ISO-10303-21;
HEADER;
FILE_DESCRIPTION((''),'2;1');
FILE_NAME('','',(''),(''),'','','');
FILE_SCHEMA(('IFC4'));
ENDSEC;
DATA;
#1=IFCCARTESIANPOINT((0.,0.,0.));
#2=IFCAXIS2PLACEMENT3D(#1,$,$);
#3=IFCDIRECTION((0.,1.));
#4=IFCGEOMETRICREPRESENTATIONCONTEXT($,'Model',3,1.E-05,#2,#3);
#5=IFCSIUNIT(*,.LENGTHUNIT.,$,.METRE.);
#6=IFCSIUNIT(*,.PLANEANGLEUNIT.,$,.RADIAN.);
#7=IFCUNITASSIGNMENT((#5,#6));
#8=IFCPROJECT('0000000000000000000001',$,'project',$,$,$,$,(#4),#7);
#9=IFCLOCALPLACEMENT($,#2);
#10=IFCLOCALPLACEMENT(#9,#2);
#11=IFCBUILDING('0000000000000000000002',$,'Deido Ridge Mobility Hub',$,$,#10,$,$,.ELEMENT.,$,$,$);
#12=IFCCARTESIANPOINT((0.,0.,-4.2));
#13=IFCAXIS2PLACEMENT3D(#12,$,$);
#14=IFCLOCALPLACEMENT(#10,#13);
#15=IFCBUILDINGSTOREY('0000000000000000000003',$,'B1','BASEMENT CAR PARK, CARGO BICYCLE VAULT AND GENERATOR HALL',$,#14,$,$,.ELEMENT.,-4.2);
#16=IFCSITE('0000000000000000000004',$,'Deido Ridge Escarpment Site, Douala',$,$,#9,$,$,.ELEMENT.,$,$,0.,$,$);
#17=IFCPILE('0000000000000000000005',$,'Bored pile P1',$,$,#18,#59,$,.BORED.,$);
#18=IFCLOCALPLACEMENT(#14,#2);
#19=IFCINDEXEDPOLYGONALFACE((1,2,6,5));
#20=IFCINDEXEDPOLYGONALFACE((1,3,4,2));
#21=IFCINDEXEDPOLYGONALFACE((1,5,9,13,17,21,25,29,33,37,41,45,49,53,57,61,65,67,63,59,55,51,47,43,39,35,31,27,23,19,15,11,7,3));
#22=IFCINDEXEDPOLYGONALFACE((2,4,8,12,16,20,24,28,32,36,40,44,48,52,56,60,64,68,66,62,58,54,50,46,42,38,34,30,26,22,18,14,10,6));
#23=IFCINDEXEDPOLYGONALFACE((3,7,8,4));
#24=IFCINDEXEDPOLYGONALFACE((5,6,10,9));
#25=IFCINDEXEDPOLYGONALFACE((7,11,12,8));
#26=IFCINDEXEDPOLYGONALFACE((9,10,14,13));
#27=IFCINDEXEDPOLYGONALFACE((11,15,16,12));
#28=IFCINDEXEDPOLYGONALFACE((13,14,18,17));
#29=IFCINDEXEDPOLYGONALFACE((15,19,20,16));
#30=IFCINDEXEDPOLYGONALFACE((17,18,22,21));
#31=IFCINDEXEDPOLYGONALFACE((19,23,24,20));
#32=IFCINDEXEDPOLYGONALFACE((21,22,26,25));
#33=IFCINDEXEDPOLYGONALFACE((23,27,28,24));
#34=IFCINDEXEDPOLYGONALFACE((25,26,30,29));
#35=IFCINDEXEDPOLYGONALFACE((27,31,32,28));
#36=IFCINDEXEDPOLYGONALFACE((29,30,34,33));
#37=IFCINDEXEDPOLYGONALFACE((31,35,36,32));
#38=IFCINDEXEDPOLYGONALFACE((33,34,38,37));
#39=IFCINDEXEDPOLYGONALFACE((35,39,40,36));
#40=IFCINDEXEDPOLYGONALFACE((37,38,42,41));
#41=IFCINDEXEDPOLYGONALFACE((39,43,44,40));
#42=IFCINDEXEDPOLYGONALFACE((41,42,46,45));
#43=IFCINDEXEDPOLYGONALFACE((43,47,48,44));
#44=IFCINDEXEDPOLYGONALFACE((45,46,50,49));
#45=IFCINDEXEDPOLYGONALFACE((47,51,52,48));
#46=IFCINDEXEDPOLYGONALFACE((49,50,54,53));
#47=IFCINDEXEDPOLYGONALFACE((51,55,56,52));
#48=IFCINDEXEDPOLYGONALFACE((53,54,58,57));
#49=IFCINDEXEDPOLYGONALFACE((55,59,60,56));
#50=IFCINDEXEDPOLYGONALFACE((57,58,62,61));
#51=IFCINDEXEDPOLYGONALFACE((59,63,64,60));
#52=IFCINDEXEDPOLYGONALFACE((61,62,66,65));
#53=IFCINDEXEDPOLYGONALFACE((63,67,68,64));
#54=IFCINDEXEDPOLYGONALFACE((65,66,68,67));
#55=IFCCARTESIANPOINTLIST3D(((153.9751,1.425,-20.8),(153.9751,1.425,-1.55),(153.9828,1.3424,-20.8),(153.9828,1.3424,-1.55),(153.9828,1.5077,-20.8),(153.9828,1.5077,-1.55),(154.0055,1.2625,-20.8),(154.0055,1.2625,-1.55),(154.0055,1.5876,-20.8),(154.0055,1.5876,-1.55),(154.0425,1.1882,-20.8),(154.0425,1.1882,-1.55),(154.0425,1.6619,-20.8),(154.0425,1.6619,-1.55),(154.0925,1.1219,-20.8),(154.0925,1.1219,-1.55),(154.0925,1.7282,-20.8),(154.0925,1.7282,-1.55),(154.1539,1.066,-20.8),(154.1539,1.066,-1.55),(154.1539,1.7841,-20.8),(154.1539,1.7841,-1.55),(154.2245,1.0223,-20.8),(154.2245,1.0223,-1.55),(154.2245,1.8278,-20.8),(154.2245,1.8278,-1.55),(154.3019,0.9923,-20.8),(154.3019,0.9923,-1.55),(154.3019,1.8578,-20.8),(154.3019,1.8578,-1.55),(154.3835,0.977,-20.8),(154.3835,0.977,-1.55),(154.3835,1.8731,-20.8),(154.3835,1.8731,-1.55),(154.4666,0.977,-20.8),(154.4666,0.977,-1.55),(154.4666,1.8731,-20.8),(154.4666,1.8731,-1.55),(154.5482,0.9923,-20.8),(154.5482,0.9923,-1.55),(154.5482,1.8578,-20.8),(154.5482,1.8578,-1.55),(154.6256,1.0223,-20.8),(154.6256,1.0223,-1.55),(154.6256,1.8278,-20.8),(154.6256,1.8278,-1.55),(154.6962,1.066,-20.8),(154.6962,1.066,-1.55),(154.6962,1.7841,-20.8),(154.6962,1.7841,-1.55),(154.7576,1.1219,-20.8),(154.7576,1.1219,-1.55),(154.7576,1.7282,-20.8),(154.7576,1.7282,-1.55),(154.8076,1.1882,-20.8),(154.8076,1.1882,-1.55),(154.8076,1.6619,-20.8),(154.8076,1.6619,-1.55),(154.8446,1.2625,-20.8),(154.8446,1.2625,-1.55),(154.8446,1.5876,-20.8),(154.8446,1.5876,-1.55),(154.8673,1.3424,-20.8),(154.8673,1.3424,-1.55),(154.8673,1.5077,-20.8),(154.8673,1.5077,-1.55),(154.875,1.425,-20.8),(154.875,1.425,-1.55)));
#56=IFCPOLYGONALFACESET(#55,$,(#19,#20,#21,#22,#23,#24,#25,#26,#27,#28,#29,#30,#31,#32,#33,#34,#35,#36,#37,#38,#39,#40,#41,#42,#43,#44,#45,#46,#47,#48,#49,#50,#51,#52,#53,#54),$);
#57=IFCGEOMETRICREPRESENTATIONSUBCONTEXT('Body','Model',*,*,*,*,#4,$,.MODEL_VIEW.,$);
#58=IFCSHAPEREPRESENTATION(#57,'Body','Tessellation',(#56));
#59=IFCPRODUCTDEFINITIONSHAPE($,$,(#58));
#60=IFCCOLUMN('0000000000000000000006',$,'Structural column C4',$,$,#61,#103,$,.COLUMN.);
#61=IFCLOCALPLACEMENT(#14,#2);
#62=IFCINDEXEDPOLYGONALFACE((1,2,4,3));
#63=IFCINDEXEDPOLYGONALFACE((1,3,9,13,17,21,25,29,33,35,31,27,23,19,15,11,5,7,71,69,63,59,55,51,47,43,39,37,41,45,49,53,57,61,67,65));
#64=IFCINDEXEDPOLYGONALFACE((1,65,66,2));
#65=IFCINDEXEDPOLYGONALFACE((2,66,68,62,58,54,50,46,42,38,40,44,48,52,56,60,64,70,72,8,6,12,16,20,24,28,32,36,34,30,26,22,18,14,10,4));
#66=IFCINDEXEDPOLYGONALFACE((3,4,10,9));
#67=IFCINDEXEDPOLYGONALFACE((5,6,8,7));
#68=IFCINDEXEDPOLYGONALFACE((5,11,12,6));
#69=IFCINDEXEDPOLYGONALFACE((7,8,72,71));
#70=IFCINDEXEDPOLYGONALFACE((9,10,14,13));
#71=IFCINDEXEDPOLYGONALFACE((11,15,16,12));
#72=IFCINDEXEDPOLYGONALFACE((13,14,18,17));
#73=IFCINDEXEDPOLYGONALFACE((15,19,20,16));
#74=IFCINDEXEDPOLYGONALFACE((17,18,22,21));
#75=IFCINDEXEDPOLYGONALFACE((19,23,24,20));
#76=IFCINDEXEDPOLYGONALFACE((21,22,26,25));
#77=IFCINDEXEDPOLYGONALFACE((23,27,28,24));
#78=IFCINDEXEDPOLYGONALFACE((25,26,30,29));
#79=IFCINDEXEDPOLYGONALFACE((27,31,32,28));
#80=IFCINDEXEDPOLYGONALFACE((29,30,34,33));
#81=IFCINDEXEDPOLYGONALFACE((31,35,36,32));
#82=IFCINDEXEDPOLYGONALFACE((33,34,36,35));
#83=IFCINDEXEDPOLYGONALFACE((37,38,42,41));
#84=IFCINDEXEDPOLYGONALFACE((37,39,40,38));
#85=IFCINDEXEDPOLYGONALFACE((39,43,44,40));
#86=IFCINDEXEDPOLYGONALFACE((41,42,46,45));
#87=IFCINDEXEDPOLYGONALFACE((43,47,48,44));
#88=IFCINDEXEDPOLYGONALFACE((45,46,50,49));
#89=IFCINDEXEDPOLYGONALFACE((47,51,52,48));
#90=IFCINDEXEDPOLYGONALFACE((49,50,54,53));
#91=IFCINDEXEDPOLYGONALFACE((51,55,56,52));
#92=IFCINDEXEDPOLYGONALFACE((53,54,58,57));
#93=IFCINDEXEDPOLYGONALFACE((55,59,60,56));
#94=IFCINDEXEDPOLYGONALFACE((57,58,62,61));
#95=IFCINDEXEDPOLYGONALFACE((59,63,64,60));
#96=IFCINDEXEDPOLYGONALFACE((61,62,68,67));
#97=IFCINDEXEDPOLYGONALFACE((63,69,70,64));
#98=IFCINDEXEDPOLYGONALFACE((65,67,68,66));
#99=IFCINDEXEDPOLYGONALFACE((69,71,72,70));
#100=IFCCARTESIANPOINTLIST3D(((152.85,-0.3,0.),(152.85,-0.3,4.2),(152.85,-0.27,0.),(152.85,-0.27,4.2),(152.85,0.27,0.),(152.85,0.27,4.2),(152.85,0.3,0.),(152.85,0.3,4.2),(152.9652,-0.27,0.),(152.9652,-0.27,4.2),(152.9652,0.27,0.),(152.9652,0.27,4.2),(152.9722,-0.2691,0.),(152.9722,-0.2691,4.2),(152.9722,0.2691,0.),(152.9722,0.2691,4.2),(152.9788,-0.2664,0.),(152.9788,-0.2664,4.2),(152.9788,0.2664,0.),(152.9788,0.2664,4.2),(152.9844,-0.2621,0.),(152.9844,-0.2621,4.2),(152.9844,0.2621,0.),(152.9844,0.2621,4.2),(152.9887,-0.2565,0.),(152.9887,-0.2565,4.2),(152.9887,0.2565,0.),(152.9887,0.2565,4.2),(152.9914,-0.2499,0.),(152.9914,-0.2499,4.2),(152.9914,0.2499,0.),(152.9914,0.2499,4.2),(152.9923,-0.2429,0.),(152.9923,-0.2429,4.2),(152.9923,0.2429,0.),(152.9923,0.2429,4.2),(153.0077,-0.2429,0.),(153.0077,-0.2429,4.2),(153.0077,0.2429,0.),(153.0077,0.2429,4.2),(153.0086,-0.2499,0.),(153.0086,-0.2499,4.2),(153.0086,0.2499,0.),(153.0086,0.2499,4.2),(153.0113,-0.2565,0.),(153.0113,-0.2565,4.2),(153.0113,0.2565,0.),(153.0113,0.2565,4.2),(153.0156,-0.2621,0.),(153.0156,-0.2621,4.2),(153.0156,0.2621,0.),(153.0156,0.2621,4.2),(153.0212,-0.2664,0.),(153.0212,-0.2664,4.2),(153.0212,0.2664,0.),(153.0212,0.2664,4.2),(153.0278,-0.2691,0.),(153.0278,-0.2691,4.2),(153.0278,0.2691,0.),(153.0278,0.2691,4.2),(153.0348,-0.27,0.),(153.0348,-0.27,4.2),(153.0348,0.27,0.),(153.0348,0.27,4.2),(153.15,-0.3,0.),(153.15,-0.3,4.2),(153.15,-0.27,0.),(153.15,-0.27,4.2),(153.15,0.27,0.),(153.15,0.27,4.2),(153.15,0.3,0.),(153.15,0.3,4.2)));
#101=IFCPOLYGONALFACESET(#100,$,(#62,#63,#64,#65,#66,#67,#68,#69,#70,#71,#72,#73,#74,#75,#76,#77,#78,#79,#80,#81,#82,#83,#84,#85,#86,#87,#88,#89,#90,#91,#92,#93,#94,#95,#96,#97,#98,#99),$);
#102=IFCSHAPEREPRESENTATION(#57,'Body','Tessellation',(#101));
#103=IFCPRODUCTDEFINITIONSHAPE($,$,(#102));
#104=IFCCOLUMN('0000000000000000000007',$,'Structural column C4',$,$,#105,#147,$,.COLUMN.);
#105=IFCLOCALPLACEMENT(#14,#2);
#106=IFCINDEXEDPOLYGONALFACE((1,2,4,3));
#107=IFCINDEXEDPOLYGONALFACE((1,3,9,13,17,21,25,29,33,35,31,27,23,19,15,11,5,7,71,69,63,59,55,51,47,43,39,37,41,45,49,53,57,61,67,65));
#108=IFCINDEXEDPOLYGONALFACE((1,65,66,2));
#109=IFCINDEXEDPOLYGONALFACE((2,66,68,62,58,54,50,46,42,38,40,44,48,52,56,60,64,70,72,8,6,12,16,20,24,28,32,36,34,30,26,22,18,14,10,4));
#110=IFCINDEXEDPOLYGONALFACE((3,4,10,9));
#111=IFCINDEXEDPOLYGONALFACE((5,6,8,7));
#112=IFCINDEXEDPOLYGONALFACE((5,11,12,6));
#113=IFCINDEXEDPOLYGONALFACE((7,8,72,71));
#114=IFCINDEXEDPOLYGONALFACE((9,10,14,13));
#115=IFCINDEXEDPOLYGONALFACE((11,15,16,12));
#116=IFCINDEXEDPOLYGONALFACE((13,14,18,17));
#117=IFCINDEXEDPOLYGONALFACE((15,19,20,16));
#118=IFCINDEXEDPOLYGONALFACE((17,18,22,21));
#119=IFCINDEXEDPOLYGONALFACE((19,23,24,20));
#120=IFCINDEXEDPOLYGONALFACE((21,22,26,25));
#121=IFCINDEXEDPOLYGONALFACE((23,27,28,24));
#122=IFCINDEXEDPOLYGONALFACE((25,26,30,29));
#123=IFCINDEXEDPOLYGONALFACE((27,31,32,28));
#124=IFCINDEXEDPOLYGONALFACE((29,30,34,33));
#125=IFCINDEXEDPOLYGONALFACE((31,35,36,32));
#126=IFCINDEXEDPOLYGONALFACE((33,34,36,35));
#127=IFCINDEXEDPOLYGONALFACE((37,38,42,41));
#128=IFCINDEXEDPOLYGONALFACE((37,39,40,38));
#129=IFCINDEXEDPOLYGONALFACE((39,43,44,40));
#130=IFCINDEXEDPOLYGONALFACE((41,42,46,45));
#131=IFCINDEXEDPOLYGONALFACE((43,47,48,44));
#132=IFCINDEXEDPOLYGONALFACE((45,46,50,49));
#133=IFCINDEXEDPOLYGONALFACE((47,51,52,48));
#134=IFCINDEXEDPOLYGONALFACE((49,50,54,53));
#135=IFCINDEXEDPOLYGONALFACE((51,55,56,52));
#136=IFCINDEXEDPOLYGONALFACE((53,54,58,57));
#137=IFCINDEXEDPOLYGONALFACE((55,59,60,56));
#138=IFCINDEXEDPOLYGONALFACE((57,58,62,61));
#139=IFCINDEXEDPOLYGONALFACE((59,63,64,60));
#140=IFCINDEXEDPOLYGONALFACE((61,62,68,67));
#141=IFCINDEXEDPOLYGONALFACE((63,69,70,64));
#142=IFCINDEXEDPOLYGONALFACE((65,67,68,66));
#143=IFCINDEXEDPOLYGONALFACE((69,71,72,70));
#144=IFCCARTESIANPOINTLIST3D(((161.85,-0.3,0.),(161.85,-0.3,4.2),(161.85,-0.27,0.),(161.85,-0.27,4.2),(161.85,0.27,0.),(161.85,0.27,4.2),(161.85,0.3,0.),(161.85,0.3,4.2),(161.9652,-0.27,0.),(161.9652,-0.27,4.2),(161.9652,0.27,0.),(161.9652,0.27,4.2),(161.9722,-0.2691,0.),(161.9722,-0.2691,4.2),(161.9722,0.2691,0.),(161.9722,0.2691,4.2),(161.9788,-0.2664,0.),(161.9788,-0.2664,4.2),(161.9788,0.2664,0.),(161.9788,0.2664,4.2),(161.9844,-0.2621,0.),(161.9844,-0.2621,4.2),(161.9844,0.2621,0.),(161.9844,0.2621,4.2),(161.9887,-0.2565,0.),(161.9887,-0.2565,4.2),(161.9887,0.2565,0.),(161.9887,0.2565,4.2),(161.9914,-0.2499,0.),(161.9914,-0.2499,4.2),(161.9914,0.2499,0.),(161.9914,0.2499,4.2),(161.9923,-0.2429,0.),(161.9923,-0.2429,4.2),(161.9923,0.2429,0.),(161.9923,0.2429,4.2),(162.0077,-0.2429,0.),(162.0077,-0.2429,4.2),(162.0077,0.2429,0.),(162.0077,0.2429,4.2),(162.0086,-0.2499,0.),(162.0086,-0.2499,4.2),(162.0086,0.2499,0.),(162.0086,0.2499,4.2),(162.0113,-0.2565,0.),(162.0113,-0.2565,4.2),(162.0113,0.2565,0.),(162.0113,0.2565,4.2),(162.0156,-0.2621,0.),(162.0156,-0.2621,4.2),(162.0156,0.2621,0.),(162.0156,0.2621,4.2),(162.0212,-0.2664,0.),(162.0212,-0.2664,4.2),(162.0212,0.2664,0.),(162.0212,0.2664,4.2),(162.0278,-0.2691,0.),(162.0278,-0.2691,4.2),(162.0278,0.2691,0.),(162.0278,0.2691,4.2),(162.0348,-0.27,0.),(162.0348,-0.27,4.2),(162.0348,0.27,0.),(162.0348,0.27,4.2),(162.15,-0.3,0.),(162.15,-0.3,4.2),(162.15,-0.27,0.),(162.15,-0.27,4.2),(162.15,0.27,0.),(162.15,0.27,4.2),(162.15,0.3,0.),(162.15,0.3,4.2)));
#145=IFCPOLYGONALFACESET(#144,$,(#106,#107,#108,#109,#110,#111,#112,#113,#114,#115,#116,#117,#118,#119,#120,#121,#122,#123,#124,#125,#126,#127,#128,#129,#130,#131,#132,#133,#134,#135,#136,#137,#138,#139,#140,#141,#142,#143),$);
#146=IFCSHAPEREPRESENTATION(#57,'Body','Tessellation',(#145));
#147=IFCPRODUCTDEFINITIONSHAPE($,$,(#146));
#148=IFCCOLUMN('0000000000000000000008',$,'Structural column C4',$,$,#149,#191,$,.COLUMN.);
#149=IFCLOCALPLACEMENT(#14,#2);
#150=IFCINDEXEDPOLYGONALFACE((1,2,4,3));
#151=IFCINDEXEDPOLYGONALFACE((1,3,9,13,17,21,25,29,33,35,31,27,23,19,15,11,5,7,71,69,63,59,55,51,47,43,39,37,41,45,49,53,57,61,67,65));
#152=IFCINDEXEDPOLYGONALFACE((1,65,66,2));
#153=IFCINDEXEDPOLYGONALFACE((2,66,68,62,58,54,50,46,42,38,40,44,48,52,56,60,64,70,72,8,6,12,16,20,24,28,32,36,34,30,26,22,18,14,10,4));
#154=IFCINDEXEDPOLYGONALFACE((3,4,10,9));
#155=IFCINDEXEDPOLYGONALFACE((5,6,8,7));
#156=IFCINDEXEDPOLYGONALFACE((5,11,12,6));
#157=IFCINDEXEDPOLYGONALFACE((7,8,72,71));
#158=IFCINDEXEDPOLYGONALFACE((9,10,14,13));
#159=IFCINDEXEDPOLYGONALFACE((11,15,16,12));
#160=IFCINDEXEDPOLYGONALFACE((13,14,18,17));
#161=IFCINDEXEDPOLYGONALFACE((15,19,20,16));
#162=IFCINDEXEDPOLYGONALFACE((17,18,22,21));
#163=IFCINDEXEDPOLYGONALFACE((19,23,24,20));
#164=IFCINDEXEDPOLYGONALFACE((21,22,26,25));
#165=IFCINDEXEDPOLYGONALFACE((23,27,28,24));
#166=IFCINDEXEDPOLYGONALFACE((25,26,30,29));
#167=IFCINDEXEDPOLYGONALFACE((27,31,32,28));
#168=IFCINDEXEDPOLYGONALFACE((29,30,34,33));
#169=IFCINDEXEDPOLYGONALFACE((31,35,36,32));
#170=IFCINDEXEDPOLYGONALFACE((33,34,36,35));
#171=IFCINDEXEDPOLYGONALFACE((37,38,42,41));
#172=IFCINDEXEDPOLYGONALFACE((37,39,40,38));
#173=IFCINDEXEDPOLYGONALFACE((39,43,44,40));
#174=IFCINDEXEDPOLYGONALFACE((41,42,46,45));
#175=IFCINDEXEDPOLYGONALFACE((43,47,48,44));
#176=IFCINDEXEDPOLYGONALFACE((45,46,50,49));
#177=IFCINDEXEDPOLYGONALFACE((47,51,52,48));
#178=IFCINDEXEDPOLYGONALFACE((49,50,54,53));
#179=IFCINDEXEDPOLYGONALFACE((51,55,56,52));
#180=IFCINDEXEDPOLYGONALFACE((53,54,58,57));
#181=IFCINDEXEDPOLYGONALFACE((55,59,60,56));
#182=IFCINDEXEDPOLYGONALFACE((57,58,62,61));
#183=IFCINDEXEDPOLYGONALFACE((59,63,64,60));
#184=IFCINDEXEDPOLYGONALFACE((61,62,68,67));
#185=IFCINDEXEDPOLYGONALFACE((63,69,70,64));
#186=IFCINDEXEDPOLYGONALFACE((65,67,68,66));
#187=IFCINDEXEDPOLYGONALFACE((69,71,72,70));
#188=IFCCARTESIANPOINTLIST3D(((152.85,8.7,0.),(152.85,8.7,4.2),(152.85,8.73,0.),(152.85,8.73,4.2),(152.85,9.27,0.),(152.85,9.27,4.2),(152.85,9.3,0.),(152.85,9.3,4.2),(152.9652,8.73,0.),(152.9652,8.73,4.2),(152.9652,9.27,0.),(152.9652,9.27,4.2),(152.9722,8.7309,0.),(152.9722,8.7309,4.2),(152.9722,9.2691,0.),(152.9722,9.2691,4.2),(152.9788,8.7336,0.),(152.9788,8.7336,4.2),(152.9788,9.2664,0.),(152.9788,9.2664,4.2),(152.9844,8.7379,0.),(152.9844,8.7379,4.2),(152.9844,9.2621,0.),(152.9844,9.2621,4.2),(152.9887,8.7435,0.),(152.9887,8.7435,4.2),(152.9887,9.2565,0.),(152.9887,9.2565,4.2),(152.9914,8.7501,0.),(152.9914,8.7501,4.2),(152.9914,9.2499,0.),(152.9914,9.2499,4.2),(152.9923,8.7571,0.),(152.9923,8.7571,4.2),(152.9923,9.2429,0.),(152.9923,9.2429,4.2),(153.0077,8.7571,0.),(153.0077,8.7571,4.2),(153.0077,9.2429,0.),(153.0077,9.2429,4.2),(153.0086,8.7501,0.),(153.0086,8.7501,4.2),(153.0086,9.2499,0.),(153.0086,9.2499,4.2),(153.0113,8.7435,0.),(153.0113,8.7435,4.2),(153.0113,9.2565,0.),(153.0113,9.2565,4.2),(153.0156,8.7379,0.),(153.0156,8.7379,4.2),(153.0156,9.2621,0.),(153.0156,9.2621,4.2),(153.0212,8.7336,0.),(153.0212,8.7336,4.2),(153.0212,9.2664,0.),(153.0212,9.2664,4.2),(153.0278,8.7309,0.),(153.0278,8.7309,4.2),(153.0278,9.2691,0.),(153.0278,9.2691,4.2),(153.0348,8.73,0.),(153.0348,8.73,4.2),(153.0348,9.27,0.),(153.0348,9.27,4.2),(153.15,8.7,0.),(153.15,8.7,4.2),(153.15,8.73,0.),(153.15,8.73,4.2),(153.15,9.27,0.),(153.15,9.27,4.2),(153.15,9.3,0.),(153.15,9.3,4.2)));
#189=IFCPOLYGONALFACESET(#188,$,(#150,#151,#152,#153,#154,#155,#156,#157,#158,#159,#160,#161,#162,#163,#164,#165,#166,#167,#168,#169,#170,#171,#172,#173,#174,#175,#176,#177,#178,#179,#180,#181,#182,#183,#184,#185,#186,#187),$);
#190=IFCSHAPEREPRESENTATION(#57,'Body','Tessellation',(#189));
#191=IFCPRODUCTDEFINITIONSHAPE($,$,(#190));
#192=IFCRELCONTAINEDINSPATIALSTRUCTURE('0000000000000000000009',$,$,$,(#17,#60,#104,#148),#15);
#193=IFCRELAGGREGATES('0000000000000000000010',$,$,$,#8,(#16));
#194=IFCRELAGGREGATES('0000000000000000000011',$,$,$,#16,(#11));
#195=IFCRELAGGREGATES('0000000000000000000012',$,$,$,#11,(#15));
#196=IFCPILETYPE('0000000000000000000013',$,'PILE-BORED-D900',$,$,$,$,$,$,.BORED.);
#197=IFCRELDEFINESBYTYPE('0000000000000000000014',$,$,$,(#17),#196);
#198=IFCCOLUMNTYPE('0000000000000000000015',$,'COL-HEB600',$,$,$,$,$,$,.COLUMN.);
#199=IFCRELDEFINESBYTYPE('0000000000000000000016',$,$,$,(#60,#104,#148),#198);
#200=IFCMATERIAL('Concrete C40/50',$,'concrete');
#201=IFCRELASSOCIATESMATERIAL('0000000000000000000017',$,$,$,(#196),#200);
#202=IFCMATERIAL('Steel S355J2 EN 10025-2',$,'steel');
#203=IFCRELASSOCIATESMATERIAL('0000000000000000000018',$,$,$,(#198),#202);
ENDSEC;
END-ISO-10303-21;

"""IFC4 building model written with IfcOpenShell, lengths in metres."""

from ifc_helpers import new_model, si_unit, direction, frame, origin, origin_2d, place, context, subcontext, project, spatial, circle, i_section, extrude, material, material_profile, profile_set, type_object, element, save


model = new_model("IFC4")

# Units and contexts
model_context = context("Model", 3, precision=1e-05, world=origin(), true_north=direction((0.0, 1.0)))
body_context = subcontext(model_context, "Body", "Model", "MODEL_VIEW")
ifc_project = project(units=[si_unit("LENGTHUNIT", "METRE"), si_unit("PLANEANGLEUNIT", "RADIAN")], contexts=[model_context])

# Site, building, storey
site_placement = place(None, origin())
site = spatial("IfcSite", under=ifc_project, at=site_placement, Name="Deido Ridge Escarpment Site, Douala", CompositionType="ELEMENT", RefElevation=0.0)
building_placement = place(site_placement, origin())
building = spatial("IfcBuilding", under=site, at=building_placement, Name="Deido Ridge Mobility Hub", CompositionType="ELEMENT")
storey_placement = place(building_placement, frame((0.0, 0.0, -4.2)))
storey = spatial("IfcBuildingStorey", under=building, at=storey_placement, Name="B1", Description="BASEMENT CAR PARK, CARGO BICYCLE VAULT AND GENERATOR HALL", CompositionType="ELEMENT", Elevation=-4.2)

# Shared definitions
ifc_material_1 = material(Name="Concrete C40/50", Category="concrete")

# Pile
ifc_material_profile_1 = material_profile(ifc_material_1, circle(Radius=0.45, at=origin_2d()), Name="BORED PILE D900")
ifc_profile_set_1 = profile_set([ifc_material_profile_1], Name="Concrete C40/50")
pile_type_1 = type_object("IfcPileType", Name="PILE-BORED-D900", PredefinedType="BORED", material=ifc_profile_set_1)
for number, where, z_axis, x_axis, name in (
    (1, (154.425, 1.425, -1.55), (0.0, 0.0, -1.0), (1.0, 0.0, 0.0), "Bored pile P1"),
):
    element("IfcPile", number, at=place(storey_placement, frame(where, z_axis=z_axis, x_axis=x_axis)), inside=storey, type_object=pile_type_1, Name=name, PredefinedType="BORED", context=body_context, shape_type="SweptSolid", body=[
        extrude(circle(Radius=0.45, at=origin_2d()), origin(), (0.0, 0.0, 1.0), 19.25),
    ])

# Columns
ifc_material_2 = material(Name="Steel S355J2 EN 10025-2", Category="steel")
ifc_material_profile_2 = material_profile(ifc_material_2, i_section(OverallWidth=0.3, OverallDepth=0.6001, WebThickness=0.0154, FlangeThickness=0.03, FilletRadius=0.0271, at=origin_2d()), Name="HEB 600")
ifc_profile_set_2 = profile_set([ifc_material_profile_2], Name="Steel S355J2 EN 10025-2")
column_type = type_object("IfcColumnType", Name="COL-HEB600", PredefinedType="COLUMN", material=ifc_profile_set_2)
for number, where, z_axis, x_axis, name in (
    (2, (153.0, 0.0, 0.0), (0.0, 0.0, 1.0), (1.0, 0.0, 0.0), "Structural column C4"),
    (3, (162.0, 0.0, 0.0), (0.0, 0.0, 1.0), (1.0, 0.0, 0.0), "Structural column C4"),
    (4, (153.0, 9.0, 0.0), (0.0, 0.0, 1.0), (1.0, 0.0, 0.0), "Structural column C4"),
):
    element("IfcColumn", number, at=place(storey_placement, frame(where, z_axis=z_axis, x_axis=x_axis)), inside=storey, type_object=column_type, Name=name, PredefinedType="COLUMN", context=body_context, shape_type="SweptSolid", body=[
        extrude(i_section(OverallWidth=0.3, OverallDepth=0.6001, WebThickness=0.0154, FlangeThickness=0.03, FilletRadius=0.0271, at=origin_2d()), origin(), (0.0, 0.0, 1.0), 4.2),
    ])

save(model, "model.ifc")
